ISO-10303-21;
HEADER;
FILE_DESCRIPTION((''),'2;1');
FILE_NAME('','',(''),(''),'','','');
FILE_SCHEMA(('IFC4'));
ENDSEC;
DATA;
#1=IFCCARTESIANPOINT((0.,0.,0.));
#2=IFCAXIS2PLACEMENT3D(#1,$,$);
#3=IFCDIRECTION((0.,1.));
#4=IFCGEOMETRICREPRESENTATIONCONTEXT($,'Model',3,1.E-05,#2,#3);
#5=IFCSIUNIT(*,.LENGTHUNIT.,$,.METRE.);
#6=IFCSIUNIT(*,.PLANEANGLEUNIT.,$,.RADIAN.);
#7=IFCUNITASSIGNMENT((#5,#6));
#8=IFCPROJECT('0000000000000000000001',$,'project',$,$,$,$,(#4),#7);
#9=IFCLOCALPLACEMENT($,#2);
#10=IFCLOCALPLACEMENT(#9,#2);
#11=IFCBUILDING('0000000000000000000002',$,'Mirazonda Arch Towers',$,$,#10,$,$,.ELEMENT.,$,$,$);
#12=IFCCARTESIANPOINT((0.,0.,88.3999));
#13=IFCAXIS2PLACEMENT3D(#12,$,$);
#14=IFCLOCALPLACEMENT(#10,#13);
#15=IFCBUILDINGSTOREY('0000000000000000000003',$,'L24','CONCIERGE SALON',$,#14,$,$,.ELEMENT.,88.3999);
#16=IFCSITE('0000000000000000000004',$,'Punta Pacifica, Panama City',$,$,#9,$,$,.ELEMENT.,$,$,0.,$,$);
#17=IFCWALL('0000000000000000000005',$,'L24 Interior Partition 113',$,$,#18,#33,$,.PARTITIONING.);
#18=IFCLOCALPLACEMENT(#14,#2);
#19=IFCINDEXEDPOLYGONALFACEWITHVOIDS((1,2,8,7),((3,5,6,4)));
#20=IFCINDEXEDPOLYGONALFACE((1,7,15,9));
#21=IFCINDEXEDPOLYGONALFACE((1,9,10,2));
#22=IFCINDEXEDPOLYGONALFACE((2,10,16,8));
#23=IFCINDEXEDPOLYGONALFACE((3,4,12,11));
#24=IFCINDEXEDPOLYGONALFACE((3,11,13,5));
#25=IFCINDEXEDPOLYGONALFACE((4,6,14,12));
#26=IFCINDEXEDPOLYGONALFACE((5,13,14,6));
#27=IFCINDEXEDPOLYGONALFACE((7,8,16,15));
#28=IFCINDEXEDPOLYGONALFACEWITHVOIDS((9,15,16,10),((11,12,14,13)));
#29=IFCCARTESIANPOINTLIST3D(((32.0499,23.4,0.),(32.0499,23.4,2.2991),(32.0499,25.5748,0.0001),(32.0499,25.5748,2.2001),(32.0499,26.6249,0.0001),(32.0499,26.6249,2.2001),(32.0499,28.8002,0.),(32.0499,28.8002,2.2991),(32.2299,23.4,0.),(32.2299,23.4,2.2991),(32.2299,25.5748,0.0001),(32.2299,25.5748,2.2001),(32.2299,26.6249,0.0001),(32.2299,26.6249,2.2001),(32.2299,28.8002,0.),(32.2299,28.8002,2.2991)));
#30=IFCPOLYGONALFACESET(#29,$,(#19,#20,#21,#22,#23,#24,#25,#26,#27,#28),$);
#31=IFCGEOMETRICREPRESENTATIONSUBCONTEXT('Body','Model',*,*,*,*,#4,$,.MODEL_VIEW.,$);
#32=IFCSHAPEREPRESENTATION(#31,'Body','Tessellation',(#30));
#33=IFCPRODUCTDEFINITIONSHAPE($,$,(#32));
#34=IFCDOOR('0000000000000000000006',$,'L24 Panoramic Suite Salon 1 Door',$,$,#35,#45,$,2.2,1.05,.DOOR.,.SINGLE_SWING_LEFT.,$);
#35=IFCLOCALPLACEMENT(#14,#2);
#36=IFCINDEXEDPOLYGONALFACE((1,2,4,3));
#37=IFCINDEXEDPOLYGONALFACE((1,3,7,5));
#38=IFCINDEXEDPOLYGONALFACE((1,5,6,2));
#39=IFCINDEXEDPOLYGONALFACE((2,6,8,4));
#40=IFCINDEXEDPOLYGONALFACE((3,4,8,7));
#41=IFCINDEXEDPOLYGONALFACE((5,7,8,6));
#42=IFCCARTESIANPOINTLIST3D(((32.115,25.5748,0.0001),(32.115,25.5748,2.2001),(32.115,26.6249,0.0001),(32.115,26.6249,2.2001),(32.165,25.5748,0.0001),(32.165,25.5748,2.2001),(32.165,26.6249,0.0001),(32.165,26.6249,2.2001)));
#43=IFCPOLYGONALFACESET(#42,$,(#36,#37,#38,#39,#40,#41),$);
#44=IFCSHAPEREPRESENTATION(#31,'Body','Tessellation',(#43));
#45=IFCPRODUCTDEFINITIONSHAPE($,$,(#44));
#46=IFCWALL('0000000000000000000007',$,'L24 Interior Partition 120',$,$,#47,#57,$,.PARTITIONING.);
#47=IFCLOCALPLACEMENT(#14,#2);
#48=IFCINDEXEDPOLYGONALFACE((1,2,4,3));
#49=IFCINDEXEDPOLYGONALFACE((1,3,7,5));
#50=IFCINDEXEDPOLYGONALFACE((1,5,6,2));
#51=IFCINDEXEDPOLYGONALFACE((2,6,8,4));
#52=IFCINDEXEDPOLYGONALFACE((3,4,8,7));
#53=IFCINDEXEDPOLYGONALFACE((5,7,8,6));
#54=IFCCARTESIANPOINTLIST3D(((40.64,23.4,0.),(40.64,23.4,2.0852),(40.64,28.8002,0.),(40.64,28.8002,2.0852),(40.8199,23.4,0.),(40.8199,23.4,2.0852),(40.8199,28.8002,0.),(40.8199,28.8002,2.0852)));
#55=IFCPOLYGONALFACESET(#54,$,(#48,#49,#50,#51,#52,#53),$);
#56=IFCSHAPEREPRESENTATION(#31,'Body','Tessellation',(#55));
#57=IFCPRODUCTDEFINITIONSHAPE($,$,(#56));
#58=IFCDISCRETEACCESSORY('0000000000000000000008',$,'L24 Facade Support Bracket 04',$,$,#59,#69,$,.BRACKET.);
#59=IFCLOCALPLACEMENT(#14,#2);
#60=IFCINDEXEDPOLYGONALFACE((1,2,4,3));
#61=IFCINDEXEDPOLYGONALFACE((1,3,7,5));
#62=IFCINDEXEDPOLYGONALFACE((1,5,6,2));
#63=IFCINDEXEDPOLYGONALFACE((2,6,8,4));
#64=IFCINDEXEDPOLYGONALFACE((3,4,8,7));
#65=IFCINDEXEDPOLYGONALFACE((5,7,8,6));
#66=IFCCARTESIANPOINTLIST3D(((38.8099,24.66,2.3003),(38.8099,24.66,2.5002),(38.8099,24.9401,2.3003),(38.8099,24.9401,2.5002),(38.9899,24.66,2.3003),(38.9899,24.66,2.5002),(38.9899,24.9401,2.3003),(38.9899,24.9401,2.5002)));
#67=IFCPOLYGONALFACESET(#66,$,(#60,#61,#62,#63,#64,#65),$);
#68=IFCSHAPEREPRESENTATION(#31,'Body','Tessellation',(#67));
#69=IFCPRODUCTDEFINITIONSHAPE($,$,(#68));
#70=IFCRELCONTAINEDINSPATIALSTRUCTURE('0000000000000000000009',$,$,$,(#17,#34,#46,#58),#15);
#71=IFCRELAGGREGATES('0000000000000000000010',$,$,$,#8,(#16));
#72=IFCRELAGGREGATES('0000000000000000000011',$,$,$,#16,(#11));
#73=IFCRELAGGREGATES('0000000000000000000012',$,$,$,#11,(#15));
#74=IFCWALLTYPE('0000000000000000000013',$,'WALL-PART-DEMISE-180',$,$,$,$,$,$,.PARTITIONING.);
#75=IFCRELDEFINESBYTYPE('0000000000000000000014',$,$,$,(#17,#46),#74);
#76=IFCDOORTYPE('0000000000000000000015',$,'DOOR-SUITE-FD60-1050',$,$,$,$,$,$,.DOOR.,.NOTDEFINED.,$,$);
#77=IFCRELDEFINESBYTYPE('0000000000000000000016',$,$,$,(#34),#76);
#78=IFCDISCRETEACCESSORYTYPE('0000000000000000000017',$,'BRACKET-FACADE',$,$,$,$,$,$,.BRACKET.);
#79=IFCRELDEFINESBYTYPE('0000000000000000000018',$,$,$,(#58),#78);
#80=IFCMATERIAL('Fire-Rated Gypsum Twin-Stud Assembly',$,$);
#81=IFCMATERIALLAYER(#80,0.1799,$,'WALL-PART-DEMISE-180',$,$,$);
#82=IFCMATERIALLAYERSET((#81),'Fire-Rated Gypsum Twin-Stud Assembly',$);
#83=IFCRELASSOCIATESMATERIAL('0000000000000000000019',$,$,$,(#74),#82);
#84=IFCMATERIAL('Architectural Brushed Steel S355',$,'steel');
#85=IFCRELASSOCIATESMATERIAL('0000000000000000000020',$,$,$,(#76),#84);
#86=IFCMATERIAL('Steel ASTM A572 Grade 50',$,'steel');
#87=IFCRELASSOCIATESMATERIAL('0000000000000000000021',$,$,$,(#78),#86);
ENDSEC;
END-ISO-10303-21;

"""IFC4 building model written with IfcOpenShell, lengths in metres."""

from ifc_helpers import new_model, si_unit, direction, frame, frame_2d, origin, origin_2d, place, context, subcontext, project, spatial, rectangle, extrude, material, layer, layer_set, type_object, element, fill, save


model = new_model("IFC4")

# Units and contexts
model_context = context("Model", 3, precision=1e-05, world=origin(), true_north=direction((0.0, 1.0)))
body_context = subcontext(model_context, "Body", "Model", "MODEL_VIEW")
ifc_project = project(units=[si_unit("LENGTHUNIT", "METRE"), si_unit("PLANEANGLEUNIT", "RADIAN")], contexts=[model_context])

# Site, building, storey
site_placement = place(None, origin())
site = spatial("IfcSite", under=ifc_project, at=site_placement, Name="Punta Pacifica, Panama City", CompositionType="ELEMENT", RefElevation=0.0)
building_placement = place(site_placement, origin())
building = spatial("IfcBuilding", under=site, at=building_placement, Name="Mirazonda Arch Towers", CompositionType="ELEMENT")
storey_placement = place(building_placement, frame((0.0, 0.0, 88.3999)))
storey = spatial("IfcBuildingStorey", under=building, at=storey_placement, Name="L24", Description="CONCIERGE SALON", CompositionType="ELEMENT", Elevation=88.3999)

# Shared definitions
ifc_material_1 = material(Name="Steel ASTM A572 Grade 50", Category="steel")

# Shared definitions
ifc_material_2 = material(Name="Fire-Rated Gypsum Twin-Stud Assembly")
ifc_layer_1 = layer(ifc_material_2, 0.1799, Name="WALL-PART-DEMISE-180")
ifc_layer_set_1 = layer_set([ifc_layer_1], Name="Fire-Rated Gypsum Twin-Stud Assembly")
wall_type_1 = type_object("IfcWallType", Name="WALL-PART-DEMISE-180", PredefinedType="PARTITIONING", material=ifc_layer_set_1)

# Shared definitions
ifc_material_3 = material(Name="Architectural Brushed Steel S355", Category="steel")

# Wall, opening, door
wall_1_placement = place(storey_placement, frame((32.1399, 23.3999, 0.0), z_axis=(0.0, 0.0, 1.0), x_axis=(0.0, 1.0, 0.0)))
wall_1 = element("IfcWall", 1, at=wall_1_placement, inside=storey, type_object=wall_type_1, Name="L24 Interior Partition 113", PredefinedType="PARTITIONING", context=body_context, shape_type="SweptSolid", body=[
    extrude(rectangle(XDim=5.4001, YDim=0.1799, at=frame_2d((2.7002, 0.0))), origin(), (0.0, 0.0, 1.0), 2.2991),
])
opening_1_placement = place(wall_1_placement, frame((2.175, 0.0, 0.0)))
opening_1 = element("IfcOpeningElement", 2, at=opening_1_placement, cuts=wall_1, PredefinedType="OPENING", context=body_context, shape_type="SweptSolid", body=[
    extrude(rectangle(XDim=1.05, YDim=2.2, at=frame_2d((0.5249, 1.1001))), frame((0.0, 0.0999, 0.0), z_axis=(0.0, -1.0, 0.0), x_axis=(1.0, 0.0, 0.0)), (0.0, 0.0, 1.0), 0.2),
])
door_type_1 = type_object("IfcDoorType", Name="DOOR-SUITE-FD60-1050", OperationType="NOTDEFINED", PredefinedType="DOOR", material=ifc_material_3)
door_1_placement = place(opening_1_placement, origin())
door_1 = element("IfcDoor", 3, at=door_1_placement, inside=storey, type_object=door_type_1, Name="L24 Panoramic Suite Salon 1 Door", OperationType="SINGLE_SWING_LEFT", OverallHeight=2.2, OverallWidth=1.05, PredefinedType="DOOR", context=body_context, shape_type="SweptSolid", body=[
    extrude(rectangle(XDim=1.05, YDim=2.2, at=frame_2d((0.5249, 1.1001))), frame((0.0, 0.0249, 0.0), z_axis=(0.0, -1.0, 0.0), x_axis=(1.0, 0.0, 0.0)), (0.0, 0.0, 1.0), 0.05),
])
fill(opening_1, door_1)

# Wall
wall_2_placement = place(storey_placement, frame((40.73, 23.3999, 0.0), z_axis=(0.0, 0.0, 1.0), x_axis=(0.0, 1.0, 0.0)))
element("IfcWall", 4, at=wall_2_placement, inside=storey, type_object=wall_type_1, Name="L24 Interior Partition 120", PredefinedType="PARTITIONING", context=body_context, shape_type="SweptSolid", body=[
    extrude(rectangle(XDim=5.4001, YDim=0.1799, at=frame_2d((2.7002, 0.0))), origin(), (0.0, 0.0, 1.0), 2.0852),
])

# Discrete accessory
discrete_accessory_type = type_object("IfcDiscreteAccessoryType", Name="BRACKET-FACADE", PredefinedType="BRACKET", material=ifc_material_1)
discrete_accessory_placement = place(storey_placement, frame((38.8999, 24.8, 2.3003), z_axis=(0.0, 0.0, 1.0), x_axis=(1.0, 0.0, 0.0)))
element("IfcDiscreteAccessory", 5, at=discrete_accessory_placement, inside=storey, type_object=discrete_accessory_type, Name="L24 Facade Support Bracket 04", PredefinedType="BRACKET", context=body_context, shape_type="SweptSolid", body=[
    extrude(rectangle(XDim=0.1799, YDim=0.28, at=origin_2d()), origin(), (0.0, 0.0, 1.0), 0.2),
])

save(model, "model.ifc")
